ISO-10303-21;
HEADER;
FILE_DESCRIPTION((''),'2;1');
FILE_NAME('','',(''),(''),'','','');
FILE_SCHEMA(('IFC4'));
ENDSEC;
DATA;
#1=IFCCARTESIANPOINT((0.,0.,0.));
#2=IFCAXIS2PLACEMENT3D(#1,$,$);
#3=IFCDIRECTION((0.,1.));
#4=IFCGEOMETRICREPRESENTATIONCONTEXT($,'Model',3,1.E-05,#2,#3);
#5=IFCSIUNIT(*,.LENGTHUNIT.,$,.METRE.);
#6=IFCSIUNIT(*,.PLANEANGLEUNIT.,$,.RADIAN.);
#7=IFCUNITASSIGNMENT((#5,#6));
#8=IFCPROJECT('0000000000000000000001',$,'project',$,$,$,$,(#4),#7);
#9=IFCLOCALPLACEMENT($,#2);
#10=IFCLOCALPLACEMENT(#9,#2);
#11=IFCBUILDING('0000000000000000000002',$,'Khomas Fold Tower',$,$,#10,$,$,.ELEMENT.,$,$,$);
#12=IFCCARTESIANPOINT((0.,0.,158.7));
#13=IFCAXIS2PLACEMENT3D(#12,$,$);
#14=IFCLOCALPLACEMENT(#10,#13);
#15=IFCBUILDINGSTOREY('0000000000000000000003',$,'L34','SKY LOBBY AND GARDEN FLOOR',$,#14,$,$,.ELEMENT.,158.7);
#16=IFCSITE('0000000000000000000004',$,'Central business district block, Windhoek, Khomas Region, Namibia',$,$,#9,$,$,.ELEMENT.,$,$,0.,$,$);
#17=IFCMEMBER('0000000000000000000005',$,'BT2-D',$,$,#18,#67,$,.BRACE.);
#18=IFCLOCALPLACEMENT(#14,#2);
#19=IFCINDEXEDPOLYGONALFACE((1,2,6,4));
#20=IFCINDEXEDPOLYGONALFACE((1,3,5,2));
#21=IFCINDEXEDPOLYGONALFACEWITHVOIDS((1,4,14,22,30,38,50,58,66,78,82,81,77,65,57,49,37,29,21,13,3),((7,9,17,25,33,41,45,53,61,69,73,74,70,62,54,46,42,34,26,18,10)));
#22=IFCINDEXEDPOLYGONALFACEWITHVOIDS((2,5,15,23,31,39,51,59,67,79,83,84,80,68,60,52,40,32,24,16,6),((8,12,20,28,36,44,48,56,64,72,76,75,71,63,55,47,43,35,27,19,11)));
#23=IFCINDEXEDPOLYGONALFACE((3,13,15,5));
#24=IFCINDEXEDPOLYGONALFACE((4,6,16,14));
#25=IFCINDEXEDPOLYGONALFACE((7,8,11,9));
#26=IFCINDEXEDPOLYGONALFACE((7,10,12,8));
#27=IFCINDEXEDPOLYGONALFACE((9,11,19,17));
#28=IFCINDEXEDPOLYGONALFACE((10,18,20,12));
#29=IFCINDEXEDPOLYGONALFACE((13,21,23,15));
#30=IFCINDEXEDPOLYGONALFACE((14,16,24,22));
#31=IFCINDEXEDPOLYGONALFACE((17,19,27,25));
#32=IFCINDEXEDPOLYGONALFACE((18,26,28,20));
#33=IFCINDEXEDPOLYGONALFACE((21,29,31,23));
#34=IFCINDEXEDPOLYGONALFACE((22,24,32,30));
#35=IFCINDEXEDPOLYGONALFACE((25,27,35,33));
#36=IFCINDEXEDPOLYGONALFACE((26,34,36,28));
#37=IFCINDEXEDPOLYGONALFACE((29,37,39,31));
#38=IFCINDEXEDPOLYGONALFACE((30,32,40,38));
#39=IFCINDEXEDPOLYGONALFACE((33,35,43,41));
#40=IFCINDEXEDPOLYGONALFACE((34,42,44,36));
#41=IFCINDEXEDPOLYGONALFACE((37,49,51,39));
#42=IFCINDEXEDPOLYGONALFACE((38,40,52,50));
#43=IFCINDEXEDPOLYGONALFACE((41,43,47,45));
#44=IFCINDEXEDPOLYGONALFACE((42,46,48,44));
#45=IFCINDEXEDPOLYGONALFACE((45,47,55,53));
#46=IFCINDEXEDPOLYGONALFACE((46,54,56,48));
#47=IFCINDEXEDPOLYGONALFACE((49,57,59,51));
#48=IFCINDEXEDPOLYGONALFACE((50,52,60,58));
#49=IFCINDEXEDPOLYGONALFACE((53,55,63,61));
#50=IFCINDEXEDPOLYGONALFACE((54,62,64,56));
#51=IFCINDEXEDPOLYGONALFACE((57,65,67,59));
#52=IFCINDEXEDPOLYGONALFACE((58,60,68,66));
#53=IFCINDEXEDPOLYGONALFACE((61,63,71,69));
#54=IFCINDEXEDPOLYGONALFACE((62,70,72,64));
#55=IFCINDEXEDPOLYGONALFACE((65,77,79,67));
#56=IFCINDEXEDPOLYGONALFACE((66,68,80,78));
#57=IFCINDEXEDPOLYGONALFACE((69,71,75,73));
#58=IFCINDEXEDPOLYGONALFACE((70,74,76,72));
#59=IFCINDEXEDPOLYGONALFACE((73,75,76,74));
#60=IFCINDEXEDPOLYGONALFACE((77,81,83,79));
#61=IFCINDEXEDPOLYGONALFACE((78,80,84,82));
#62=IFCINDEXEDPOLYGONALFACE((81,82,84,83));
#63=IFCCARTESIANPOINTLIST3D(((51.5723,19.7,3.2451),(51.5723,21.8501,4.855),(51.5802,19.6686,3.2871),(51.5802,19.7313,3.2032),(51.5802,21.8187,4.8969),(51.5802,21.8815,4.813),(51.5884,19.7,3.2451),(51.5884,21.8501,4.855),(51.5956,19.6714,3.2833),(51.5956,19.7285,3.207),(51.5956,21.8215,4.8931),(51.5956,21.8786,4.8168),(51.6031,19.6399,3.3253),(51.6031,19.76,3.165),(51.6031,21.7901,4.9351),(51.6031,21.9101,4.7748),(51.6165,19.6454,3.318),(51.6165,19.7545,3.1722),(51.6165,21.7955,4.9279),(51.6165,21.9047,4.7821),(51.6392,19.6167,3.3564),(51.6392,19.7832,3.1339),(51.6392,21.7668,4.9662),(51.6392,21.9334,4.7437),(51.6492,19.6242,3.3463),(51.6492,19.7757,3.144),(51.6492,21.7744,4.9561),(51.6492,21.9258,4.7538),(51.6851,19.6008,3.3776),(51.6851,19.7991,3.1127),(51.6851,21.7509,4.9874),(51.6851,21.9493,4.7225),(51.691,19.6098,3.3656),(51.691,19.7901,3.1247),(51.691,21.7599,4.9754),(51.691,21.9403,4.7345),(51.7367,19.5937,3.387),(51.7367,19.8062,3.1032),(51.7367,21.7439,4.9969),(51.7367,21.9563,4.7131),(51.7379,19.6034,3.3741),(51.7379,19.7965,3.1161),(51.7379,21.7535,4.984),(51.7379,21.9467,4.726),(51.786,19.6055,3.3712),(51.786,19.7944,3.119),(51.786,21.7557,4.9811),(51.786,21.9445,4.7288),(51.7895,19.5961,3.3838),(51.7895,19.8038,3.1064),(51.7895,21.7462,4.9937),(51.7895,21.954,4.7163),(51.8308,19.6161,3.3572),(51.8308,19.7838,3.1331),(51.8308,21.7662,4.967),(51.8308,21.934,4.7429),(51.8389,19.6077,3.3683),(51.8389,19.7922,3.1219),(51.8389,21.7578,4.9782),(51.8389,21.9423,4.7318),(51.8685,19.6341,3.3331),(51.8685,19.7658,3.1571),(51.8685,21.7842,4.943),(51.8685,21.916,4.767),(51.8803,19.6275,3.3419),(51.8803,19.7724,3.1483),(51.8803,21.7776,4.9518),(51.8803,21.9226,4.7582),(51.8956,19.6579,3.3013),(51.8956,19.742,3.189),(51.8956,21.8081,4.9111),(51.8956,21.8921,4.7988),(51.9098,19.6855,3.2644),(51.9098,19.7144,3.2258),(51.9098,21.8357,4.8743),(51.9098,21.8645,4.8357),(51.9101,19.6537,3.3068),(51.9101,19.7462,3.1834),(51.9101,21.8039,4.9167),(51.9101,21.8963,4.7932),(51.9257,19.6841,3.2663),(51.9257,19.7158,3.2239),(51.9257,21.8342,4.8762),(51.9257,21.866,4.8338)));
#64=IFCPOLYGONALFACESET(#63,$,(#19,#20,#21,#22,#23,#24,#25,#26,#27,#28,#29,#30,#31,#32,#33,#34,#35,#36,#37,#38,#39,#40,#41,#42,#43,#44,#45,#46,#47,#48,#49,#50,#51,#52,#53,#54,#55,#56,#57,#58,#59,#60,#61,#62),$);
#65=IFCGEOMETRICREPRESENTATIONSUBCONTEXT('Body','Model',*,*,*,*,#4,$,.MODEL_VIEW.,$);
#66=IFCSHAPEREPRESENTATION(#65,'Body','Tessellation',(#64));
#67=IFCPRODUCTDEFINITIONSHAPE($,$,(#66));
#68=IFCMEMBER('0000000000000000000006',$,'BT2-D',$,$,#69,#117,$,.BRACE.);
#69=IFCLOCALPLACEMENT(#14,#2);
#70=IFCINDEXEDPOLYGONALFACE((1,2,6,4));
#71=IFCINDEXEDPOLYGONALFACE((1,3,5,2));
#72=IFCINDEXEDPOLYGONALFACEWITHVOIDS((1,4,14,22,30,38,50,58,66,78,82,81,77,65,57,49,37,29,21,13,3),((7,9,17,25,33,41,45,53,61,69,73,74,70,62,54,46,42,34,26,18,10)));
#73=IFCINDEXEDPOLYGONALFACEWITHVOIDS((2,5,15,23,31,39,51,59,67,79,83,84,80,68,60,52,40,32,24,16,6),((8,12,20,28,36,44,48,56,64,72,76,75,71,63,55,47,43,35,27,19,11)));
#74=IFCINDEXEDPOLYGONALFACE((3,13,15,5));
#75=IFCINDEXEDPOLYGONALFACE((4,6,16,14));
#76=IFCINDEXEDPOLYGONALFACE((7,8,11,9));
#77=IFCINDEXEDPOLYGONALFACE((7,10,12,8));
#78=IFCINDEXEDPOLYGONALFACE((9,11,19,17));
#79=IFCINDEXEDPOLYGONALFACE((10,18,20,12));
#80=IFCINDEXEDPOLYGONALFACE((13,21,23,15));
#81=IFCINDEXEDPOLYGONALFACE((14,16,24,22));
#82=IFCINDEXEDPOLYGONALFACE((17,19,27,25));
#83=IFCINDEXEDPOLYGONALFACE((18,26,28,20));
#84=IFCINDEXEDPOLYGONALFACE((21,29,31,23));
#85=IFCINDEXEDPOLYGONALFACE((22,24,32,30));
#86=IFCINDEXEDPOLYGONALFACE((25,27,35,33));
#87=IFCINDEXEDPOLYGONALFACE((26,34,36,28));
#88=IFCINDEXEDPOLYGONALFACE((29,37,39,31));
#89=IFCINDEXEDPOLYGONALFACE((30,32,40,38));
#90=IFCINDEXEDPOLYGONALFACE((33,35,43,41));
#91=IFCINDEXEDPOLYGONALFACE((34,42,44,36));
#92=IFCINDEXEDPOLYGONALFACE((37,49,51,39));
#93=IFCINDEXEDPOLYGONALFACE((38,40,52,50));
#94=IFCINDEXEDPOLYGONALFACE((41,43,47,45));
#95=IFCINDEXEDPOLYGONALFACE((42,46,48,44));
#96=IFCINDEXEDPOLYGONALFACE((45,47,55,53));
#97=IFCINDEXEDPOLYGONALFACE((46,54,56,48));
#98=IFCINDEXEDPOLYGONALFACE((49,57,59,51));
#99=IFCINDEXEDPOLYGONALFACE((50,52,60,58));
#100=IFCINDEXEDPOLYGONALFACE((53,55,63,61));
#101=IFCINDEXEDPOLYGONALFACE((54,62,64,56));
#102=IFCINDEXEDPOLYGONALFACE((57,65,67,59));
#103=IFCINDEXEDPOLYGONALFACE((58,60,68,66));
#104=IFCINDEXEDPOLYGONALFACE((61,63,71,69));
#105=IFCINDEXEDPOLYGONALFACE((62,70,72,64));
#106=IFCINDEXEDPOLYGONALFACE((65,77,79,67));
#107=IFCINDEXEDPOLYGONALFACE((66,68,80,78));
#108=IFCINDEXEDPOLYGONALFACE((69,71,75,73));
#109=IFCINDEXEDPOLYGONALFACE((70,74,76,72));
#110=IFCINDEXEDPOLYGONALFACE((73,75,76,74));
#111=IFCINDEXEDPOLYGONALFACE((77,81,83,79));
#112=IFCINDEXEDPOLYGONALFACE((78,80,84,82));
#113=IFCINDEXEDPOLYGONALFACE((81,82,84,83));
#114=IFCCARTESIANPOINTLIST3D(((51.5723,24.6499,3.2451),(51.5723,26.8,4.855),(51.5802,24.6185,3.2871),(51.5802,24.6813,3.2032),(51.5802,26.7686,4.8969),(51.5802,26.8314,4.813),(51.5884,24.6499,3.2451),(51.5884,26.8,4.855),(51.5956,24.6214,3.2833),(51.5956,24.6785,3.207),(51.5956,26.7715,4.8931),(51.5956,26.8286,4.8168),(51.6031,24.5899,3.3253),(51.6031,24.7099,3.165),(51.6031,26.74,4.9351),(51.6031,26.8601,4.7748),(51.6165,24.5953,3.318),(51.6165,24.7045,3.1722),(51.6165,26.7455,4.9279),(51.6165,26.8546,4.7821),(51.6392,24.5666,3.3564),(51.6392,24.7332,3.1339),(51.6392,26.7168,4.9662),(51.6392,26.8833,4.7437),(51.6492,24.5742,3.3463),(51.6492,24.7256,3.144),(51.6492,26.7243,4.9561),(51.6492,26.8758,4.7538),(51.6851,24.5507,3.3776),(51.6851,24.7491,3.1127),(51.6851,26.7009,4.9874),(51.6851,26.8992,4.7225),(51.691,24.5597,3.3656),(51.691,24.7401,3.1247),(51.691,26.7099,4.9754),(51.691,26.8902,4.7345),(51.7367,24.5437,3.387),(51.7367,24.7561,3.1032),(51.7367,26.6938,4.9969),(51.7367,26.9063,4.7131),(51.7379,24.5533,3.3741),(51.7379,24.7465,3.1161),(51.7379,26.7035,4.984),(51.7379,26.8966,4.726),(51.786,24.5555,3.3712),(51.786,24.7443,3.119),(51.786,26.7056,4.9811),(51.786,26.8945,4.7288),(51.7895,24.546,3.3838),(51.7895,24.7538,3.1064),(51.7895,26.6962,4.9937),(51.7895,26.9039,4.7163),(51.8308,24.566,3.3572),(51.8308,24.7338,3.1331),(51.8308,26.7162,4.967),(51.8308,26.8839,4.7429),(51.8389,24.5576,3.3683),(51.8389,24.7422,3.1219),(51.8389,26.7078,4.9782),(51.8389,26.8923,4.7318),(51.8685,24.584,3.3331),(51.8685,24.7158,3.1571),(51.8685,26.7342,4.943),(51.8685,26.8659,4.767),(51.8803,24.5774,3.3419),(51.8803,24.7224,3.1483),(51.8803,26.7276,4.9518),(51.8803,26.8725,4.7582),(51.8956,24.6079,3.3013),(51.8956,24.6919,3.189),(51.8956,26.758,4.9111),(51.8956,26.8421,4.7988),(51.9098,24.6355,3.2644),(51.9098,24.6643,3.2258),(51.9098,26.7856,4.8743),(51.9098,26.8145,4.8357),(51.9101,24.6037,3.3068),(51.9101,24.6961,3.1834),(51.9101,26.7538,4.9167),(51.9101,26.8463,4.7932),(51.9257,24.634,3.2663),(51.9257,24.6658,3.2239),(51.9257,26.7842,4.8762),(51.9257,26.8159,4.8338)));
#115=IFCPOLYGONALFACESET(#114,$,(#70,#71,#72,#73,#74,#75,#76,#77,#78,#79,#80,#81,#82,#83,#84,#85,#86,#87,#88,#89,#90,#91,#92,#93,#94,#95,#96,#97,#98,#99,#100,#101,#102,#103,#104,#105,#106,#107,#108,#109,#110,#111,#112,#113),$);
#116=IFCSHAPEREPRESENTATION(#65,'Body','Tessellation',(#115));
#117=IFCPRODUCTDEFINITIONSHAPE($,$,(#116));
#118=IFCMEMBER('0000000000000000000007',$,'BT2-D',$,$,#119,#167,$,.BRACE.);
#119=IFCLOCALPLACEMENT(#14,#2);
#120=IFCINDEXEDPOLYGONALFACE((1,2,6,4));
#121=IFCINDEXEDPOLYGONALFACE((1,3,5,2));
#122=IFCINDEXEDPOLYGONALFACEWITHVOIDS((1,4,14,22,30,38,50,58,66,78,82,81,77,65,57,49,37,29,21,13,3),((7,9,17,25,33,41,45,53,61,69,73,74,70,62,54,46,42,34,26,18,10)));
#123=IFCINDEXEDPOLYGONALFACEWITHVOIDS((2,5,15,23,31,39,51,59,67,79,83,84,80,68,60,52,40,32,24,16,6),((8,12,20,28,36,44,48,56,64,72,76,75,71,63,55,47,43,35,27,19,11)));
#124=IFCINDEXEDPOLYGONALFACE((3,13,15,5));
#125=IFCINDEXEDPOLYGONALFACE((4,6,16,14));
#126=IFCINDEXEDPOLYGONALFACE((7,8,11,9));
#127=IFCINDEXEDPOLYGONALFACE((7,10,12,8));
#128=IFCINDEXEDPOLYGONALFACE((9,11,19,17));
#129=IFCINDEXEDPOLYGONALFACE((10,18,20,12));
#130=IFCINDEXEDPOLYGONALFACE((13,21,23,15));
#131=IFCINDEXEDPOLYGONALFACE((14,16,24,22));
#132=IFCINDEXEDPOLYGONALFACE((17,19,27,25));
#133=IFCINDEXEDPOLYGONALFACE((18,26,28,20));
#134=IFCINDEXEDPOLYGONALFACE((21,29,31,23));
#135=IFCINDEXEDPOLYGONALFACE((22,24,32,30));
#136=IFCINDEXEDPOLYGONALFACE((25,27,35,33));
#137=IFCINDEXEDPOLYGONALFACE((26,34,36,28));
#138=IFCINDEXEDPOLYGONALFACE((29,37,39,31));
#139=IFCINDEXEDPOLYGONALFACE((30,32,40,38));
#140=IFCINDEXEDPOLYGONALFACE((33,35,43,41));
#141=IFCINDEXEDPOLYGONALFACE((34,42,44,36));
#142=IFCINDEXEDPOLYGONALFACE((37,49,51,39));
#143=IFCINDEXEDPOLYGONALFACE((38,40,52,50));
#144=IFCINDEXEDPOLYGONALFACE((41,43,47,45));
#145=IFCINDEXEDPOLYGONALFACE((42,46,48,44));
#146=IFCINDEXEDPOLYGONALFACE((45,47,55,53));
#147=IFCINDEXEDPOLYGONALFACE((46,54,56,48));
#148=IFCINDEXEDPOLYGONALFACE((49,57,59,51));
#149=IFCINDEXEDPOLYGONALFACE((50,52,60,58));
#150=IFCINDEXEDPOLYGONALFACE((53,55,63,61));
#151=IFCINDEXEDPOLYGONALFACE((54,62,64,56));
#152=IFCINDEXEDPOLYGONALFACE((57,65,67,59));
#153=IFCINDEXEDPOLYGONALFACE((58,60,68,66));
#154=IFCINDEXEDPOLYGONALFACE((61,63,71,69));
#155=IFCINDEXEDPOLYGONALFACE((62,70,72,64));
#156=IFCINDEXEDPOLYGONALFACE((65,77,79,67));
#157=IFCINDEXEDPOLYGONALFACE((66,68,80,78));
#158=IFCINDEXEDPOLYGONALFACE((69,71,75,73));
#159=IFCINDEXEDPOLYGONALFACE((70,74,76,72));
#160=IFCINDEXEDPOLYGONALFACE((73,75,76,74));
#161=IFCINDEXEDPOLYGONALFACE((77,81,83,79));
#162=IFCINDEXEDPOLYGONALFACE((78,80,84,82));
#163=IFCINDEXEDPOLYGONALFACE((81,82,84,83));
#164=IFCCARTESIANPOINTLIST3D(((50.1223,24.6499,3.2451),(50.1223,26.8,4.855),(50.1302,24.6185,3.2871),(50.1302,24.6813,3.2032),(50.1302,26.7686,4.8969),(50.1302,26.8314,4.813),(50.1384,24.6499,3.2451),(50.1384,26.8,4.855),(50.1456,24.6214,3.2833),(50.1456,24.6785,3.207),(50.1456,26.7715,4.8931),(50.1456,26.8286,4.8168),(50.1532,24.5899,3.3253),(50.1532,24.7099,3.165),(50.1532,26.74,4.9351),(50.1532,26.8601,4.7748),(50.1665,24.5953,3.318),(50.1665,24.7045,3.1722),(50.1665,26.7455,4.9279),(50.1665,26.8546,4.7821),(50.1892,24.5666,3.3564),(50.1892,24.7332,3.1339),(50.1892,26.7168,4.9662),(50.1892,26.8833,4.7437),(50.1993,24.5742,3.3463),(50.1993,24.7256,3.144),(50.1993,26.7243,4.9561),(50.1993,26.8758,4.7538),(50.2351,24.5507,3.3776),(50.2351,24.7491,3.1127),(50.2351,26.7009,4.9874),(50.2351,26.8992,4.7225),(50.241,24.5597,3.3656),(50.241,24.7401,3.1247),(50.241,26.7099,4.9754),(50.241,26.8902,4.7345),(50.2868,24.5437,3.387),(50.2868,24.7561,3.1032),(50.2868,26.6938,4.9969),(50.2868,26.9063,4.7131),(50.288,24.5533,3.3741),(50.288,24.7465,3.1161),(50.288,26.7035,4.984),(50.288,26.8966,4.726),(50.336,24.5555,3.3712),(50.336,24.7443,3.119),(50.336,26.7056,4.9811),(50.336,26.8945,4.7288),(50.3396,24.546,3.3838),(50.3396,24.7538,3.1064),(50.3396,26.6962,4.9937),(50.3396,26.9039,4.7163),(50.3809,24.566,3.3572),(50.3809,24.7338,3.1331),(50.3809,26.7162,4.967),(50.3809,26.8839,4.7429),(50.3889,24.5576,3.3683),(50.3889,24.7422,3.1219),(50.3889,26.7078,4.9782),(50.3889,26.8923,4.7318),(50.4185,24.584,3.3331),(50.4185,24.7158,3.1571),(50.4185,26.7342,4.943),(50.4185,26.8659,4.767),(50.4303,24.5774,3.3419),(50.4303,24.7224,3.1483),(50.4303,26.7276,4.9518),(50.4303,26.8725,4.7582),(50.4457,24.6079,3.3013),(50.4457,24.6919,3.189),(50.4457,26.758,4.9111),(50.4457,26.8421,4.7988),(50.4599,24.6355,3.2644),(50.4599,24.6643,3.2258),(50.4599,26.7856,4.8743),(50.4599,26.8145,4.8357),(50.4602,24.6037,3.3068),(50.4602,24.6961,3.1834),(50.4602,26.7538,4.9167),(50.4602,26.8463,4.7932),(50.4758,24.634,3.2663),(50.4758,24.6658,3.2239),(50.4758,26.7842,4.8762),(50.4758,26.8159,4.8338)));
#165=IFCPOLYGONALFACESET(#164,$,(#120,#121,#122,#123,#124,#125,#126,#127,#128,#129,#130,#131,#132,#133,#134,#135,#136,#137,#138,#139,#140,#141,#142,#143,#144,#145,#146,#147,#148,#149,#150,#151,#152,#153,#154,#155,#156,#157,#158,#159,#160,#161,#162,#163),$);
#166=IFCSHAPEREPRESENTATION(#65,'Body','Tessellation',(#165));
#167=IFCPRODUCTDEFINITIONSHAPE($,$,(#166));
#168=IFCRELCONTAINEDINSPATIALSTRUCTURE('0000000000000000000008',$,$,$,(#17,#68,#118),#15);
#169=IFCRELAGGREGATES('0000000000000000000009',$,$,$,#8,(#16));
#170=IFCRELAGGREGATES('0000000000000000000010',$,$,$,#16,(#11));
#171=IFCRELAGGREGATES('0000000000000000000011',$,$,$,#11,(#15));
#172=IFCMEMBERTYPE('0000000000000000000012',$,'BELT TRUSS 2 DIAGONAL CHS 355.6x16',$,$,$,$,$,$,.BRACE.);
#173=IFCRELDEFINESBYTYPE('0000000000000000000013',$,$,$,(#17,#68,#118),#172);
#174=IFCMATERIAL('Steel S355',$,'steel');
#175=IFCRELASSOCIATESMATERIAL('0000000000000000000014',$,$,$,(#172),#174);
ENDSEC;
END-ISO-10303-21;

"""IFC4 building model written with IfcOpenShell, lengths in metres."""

from ifc_helpers import new_model, si_unit, direction, frame, origin, origin_2d, place, context, subcontext, project, spatial, hollow_circle, extrude, source, transform, mapped, material, material_profile, profile_set, type_object, element, save


model = new_model("IFC4")

# Units and contexts
model_context = context("Model", 3, precision=1e-05, world=origin(), true_north=direction((0.0, 1.0)))
body_context = subcontext(model_context, "Body", "Model", "MODEL_VIEW")
ifc_project = project(units=[si_unit("LENGTHUNIT", "METRE"), si_unit("PLANEANGLEUNIT", "RADIAN")], contexts=[model_context])

# Site, building, storey
site_placement = place(None, origin())
site = spatial("IfcSite", under=ifc_project, at=site_placement, Name="Central business district block, Windhoek, Khomas Region, Namibia", CompositionType="ELEMENT", RefElevation=0.0)
building_placement = place(site_placement, origin())
building = spatial("IfcBuilding", under=site, at=building_placement, Name="Khomas Fold Tower", CompositionType="ELEMENT")
storey_placement = place(building_placement, frame((0.0, 0.0, 158.7)))
storey = spatial("IfcBuildingStorey", under=building, at=storey_placement, Name="L34", Description="SKY LOBBY AND GARDEN FLOOR", CompositionType="ELEMENT", Elevation=158.7)

# Members
ifc_material_1 = material(Name="Steel S355", Category="steel")
ifc_material_profile_1 = material_profile(ifc_material_1, hollow_circle(Radius=0.1777, WallThickness=0.0161, at=origin_2d()), Name="CHS 355.6x16")
ifc_profile_set_1 = profile_set([ifc_material_profile_1], Name="Steel S355")
member_type_1 = type_object("IfcMemberType", Name="BELT TRUSS 2 DIAGONAL CHS 355.6x16", PredefinedType="BRACE", material=ifc_profile_set_1)
shared_shape_1 = source(origin(), body_context, "Body", "SweptSolid", [
    extrude(hollow_circle(Radius=0.1777, WallThickness=0.0161, at=origin_2d()), origin(), (0.0, 0.0, 1.0), 2.686),
])
for number, where, z_axis, x_axis, name in (
    (1, (51.75, 19.7, 3.2451), (0.0, 0.800491, 0.599345), (-1.0, 0.0, 0.0), "BT2-D"),
    (2, (51.75, 24.6499, 3.2451), (0.0, 0.800491, 0.599345), (-1.0, 0.0, 0.0), "BT2-D"),
    (3, (50.3, 24.6499, 3.2451), (0.0, 0.800491, 0.599345), (-1.0, 0.0, 0.0), "BT2-D"),
):
    element("IfcMember", number, at=place(storey_placement, frame(where, z_axis=z_axis, x_axis=x_axis)), inside=storey, type_object=member_type_1, Name=name, PredefinedType="BRACE", context=body_context, shape_type="MappedRepresentation", body=[
        mapped(shared_shape_1, transform((0.0, 0.0, 0.0))),
    ])

save(model, "model.ifc")
